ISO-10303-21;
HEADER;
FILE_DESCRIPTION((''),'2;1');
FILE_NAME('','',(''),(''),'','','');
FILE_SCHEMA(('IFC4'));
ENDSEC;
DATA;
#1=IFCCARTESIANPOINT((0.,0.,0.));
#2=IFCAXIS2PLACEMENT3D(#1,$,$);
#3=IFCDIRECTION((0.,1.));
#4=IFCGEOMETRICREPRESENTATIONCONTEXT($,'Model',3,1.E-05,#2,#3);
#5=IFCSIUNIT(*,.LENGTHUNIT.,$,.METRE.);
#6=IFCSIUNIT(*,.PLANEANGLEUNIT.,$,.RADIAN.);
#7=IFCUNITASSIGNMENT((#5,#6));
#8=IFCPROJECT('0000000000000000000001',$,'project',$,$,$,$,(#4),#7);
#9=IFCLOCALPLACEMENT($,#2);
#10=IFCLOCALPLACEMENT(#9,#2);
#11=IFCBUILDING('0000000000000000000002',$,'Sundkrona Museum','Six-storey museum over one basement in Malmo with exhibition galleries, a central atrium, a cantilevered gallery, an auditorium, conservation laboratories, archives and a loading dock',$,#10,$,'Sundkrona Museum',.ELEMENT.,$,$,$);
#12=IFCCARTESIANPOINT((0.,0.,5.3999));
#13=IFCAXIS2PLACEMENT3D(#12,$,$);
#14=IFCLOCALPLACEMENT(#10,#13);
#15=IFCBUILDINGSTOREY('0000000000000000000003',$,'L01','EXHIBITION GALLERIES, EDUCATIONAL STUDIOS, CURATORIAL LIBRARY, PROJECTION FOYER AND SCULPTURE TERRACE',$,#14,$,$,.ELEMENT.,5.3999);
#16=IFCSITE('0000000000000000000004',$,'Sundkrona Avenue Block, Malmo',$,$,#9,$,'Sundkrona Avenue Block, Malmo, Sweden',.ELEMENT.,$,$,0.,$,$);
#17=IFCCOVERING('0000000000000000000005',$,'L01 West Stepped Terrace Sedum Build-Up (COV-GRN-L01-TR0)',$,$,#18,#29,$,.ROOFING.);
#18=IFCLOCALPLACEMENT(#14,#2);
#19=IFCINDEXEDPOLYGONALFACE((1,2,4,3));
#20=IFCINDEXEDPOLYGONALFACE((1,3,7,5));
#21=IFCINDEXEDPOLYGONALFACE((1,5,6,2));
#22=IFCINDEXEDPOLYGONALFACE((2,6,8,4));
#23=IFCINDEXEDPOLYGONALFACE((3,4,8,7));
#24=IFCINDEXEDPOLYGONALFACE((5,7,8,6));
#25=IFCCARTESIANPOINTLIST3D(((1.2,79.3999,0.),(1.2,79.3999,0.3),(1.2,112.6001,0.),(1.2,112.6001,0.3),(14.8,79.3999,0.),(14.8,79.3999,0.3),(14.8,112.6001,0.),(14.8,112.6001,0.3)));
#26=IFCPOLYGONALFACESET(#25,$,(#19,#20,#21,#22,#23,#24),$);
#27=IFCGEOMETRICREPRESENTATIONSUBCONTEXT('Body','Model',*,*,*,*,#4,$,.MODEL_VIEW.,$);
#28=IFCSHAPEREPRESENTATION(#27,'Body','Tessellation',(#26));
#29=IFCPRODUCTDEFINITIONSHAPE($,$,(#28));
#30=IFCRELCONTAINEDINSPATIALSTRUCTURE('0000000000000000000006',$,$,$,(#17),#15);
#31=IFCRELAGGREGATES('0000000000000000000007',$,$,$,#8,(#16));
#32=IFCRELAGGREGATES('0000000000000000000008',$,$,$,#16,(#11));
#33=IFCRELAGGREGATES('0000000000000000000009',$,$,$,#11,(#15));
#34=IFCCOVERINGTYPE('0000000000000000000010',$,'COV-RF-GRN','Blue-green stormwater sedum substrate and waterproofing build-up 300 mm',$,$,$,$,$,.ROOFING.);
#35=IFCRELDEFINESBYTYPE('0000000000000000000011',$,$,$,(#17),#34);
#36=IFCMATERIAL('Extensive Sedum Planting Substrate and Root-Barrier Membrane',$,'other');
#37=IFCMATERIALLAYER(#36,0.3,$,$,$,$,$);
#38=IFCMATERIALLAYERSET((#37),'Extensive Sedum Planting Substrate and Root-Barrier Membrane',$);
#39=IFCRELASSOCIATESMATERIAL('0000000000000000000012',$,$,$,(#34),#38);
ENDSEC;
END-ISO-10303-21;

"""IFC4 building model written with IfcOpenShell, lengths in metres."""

from ifc_helpers import new_model, si_unit, direction, frame, origin, place, context, subcontext, project, spatial, polyline, outline, extrude, material, layer, layer_set, type_object, element, save


model = new_model("IFC4")

# Units and contexts
model_context = context("Model", 3, precision=1e-05, world=origin(), true_north=direction((0.0, 1.0)))
body_context = subcontext(model_context, "Body", "Model", "MODEL_VIEW")
ifc_project = project(units=[si_unit("LENGTHUNIT", "METRE"), si_unit("PLANEANGLEUNIT", "RADIAN")], contexts=[model_context])

# Site, building, storey
site_placement = place(None, origin())
site = spatial("IfcSite", under=ifc_project, at=site_placement, Name="Sundkrona Avenue Block, Malmo", LongName="Sundkrona Avenue Block, Malmo, Sweden", CompositionType="ELEMENT", RefElevation=0.0)
building_placement = place(site_placement, origin())
building = spatial("IfcBuilding", under=site, at=building_placement, Name="Sundkrona Museum", Description="Six-storey museum over one basement in Malmo with exhibition galleries, a central atrium, a cantilevered gallery, an auditorium, conservation laboratories, archives and a loading dock", LongName="Sundkrona Museum", CompositionType="ELEMENT")
storey_placement = place(building_placement, frame((0.0, 0.0, 5.3999)))
storey = spatial("IfcBuildingStorey", under=building, at=storey_placement, Name="L01", Description="EXHIBITION GALLERIES, EDUCATIONAL STUDIOS, CURATORIAL LIBRARY, PROJECTION FOYER AND SCULPTURE TERRACE", CompositionType="ELEMENT", Elevation=5.3999)

# Covering
ifc_material_1 = material(Name="Extensive Sedum Planting Substrate and Root-Barrier Membrane", Category="other")
ifc_layer_1 = layer(ifc_material_1, 0.3)
ifc_layer_set_1 = layer_set([ifc_layer_1], Name="Extensive Sedum Planting Substrate and Root-Barrier Membrane")
covering_type_1 = type_object("IfcCoveringType", Name="COV-RF-GRN", Description="Blue-green stormwater sedum substrate and waterproofing build-up 300 mm", PredefinedType="ROOFING", material=ifc_layer_set_1)
covering_1_placement = place(storey_placement, origin())
element("IfcCovering", 1, at=covering_1_placement, inside=storey, type_object=covering_type_1, Name="L01 West Stepped Terrace Sedum Build-Up (COV-GRN-L01-TR0)", PredefinedType="ROOFING", context=body_context, shape_type="SweptSolid", body=[
    extrude(outline(polyline([(1.2, 79.3999), (14.8, 79.3999), (14.8, 112.6001), (1.2, 112.6001), (1.2, 79.3999)])), origin(), (0.0, 0.0, 1.0), 0.3),
])

save(model, "model.ifc")
